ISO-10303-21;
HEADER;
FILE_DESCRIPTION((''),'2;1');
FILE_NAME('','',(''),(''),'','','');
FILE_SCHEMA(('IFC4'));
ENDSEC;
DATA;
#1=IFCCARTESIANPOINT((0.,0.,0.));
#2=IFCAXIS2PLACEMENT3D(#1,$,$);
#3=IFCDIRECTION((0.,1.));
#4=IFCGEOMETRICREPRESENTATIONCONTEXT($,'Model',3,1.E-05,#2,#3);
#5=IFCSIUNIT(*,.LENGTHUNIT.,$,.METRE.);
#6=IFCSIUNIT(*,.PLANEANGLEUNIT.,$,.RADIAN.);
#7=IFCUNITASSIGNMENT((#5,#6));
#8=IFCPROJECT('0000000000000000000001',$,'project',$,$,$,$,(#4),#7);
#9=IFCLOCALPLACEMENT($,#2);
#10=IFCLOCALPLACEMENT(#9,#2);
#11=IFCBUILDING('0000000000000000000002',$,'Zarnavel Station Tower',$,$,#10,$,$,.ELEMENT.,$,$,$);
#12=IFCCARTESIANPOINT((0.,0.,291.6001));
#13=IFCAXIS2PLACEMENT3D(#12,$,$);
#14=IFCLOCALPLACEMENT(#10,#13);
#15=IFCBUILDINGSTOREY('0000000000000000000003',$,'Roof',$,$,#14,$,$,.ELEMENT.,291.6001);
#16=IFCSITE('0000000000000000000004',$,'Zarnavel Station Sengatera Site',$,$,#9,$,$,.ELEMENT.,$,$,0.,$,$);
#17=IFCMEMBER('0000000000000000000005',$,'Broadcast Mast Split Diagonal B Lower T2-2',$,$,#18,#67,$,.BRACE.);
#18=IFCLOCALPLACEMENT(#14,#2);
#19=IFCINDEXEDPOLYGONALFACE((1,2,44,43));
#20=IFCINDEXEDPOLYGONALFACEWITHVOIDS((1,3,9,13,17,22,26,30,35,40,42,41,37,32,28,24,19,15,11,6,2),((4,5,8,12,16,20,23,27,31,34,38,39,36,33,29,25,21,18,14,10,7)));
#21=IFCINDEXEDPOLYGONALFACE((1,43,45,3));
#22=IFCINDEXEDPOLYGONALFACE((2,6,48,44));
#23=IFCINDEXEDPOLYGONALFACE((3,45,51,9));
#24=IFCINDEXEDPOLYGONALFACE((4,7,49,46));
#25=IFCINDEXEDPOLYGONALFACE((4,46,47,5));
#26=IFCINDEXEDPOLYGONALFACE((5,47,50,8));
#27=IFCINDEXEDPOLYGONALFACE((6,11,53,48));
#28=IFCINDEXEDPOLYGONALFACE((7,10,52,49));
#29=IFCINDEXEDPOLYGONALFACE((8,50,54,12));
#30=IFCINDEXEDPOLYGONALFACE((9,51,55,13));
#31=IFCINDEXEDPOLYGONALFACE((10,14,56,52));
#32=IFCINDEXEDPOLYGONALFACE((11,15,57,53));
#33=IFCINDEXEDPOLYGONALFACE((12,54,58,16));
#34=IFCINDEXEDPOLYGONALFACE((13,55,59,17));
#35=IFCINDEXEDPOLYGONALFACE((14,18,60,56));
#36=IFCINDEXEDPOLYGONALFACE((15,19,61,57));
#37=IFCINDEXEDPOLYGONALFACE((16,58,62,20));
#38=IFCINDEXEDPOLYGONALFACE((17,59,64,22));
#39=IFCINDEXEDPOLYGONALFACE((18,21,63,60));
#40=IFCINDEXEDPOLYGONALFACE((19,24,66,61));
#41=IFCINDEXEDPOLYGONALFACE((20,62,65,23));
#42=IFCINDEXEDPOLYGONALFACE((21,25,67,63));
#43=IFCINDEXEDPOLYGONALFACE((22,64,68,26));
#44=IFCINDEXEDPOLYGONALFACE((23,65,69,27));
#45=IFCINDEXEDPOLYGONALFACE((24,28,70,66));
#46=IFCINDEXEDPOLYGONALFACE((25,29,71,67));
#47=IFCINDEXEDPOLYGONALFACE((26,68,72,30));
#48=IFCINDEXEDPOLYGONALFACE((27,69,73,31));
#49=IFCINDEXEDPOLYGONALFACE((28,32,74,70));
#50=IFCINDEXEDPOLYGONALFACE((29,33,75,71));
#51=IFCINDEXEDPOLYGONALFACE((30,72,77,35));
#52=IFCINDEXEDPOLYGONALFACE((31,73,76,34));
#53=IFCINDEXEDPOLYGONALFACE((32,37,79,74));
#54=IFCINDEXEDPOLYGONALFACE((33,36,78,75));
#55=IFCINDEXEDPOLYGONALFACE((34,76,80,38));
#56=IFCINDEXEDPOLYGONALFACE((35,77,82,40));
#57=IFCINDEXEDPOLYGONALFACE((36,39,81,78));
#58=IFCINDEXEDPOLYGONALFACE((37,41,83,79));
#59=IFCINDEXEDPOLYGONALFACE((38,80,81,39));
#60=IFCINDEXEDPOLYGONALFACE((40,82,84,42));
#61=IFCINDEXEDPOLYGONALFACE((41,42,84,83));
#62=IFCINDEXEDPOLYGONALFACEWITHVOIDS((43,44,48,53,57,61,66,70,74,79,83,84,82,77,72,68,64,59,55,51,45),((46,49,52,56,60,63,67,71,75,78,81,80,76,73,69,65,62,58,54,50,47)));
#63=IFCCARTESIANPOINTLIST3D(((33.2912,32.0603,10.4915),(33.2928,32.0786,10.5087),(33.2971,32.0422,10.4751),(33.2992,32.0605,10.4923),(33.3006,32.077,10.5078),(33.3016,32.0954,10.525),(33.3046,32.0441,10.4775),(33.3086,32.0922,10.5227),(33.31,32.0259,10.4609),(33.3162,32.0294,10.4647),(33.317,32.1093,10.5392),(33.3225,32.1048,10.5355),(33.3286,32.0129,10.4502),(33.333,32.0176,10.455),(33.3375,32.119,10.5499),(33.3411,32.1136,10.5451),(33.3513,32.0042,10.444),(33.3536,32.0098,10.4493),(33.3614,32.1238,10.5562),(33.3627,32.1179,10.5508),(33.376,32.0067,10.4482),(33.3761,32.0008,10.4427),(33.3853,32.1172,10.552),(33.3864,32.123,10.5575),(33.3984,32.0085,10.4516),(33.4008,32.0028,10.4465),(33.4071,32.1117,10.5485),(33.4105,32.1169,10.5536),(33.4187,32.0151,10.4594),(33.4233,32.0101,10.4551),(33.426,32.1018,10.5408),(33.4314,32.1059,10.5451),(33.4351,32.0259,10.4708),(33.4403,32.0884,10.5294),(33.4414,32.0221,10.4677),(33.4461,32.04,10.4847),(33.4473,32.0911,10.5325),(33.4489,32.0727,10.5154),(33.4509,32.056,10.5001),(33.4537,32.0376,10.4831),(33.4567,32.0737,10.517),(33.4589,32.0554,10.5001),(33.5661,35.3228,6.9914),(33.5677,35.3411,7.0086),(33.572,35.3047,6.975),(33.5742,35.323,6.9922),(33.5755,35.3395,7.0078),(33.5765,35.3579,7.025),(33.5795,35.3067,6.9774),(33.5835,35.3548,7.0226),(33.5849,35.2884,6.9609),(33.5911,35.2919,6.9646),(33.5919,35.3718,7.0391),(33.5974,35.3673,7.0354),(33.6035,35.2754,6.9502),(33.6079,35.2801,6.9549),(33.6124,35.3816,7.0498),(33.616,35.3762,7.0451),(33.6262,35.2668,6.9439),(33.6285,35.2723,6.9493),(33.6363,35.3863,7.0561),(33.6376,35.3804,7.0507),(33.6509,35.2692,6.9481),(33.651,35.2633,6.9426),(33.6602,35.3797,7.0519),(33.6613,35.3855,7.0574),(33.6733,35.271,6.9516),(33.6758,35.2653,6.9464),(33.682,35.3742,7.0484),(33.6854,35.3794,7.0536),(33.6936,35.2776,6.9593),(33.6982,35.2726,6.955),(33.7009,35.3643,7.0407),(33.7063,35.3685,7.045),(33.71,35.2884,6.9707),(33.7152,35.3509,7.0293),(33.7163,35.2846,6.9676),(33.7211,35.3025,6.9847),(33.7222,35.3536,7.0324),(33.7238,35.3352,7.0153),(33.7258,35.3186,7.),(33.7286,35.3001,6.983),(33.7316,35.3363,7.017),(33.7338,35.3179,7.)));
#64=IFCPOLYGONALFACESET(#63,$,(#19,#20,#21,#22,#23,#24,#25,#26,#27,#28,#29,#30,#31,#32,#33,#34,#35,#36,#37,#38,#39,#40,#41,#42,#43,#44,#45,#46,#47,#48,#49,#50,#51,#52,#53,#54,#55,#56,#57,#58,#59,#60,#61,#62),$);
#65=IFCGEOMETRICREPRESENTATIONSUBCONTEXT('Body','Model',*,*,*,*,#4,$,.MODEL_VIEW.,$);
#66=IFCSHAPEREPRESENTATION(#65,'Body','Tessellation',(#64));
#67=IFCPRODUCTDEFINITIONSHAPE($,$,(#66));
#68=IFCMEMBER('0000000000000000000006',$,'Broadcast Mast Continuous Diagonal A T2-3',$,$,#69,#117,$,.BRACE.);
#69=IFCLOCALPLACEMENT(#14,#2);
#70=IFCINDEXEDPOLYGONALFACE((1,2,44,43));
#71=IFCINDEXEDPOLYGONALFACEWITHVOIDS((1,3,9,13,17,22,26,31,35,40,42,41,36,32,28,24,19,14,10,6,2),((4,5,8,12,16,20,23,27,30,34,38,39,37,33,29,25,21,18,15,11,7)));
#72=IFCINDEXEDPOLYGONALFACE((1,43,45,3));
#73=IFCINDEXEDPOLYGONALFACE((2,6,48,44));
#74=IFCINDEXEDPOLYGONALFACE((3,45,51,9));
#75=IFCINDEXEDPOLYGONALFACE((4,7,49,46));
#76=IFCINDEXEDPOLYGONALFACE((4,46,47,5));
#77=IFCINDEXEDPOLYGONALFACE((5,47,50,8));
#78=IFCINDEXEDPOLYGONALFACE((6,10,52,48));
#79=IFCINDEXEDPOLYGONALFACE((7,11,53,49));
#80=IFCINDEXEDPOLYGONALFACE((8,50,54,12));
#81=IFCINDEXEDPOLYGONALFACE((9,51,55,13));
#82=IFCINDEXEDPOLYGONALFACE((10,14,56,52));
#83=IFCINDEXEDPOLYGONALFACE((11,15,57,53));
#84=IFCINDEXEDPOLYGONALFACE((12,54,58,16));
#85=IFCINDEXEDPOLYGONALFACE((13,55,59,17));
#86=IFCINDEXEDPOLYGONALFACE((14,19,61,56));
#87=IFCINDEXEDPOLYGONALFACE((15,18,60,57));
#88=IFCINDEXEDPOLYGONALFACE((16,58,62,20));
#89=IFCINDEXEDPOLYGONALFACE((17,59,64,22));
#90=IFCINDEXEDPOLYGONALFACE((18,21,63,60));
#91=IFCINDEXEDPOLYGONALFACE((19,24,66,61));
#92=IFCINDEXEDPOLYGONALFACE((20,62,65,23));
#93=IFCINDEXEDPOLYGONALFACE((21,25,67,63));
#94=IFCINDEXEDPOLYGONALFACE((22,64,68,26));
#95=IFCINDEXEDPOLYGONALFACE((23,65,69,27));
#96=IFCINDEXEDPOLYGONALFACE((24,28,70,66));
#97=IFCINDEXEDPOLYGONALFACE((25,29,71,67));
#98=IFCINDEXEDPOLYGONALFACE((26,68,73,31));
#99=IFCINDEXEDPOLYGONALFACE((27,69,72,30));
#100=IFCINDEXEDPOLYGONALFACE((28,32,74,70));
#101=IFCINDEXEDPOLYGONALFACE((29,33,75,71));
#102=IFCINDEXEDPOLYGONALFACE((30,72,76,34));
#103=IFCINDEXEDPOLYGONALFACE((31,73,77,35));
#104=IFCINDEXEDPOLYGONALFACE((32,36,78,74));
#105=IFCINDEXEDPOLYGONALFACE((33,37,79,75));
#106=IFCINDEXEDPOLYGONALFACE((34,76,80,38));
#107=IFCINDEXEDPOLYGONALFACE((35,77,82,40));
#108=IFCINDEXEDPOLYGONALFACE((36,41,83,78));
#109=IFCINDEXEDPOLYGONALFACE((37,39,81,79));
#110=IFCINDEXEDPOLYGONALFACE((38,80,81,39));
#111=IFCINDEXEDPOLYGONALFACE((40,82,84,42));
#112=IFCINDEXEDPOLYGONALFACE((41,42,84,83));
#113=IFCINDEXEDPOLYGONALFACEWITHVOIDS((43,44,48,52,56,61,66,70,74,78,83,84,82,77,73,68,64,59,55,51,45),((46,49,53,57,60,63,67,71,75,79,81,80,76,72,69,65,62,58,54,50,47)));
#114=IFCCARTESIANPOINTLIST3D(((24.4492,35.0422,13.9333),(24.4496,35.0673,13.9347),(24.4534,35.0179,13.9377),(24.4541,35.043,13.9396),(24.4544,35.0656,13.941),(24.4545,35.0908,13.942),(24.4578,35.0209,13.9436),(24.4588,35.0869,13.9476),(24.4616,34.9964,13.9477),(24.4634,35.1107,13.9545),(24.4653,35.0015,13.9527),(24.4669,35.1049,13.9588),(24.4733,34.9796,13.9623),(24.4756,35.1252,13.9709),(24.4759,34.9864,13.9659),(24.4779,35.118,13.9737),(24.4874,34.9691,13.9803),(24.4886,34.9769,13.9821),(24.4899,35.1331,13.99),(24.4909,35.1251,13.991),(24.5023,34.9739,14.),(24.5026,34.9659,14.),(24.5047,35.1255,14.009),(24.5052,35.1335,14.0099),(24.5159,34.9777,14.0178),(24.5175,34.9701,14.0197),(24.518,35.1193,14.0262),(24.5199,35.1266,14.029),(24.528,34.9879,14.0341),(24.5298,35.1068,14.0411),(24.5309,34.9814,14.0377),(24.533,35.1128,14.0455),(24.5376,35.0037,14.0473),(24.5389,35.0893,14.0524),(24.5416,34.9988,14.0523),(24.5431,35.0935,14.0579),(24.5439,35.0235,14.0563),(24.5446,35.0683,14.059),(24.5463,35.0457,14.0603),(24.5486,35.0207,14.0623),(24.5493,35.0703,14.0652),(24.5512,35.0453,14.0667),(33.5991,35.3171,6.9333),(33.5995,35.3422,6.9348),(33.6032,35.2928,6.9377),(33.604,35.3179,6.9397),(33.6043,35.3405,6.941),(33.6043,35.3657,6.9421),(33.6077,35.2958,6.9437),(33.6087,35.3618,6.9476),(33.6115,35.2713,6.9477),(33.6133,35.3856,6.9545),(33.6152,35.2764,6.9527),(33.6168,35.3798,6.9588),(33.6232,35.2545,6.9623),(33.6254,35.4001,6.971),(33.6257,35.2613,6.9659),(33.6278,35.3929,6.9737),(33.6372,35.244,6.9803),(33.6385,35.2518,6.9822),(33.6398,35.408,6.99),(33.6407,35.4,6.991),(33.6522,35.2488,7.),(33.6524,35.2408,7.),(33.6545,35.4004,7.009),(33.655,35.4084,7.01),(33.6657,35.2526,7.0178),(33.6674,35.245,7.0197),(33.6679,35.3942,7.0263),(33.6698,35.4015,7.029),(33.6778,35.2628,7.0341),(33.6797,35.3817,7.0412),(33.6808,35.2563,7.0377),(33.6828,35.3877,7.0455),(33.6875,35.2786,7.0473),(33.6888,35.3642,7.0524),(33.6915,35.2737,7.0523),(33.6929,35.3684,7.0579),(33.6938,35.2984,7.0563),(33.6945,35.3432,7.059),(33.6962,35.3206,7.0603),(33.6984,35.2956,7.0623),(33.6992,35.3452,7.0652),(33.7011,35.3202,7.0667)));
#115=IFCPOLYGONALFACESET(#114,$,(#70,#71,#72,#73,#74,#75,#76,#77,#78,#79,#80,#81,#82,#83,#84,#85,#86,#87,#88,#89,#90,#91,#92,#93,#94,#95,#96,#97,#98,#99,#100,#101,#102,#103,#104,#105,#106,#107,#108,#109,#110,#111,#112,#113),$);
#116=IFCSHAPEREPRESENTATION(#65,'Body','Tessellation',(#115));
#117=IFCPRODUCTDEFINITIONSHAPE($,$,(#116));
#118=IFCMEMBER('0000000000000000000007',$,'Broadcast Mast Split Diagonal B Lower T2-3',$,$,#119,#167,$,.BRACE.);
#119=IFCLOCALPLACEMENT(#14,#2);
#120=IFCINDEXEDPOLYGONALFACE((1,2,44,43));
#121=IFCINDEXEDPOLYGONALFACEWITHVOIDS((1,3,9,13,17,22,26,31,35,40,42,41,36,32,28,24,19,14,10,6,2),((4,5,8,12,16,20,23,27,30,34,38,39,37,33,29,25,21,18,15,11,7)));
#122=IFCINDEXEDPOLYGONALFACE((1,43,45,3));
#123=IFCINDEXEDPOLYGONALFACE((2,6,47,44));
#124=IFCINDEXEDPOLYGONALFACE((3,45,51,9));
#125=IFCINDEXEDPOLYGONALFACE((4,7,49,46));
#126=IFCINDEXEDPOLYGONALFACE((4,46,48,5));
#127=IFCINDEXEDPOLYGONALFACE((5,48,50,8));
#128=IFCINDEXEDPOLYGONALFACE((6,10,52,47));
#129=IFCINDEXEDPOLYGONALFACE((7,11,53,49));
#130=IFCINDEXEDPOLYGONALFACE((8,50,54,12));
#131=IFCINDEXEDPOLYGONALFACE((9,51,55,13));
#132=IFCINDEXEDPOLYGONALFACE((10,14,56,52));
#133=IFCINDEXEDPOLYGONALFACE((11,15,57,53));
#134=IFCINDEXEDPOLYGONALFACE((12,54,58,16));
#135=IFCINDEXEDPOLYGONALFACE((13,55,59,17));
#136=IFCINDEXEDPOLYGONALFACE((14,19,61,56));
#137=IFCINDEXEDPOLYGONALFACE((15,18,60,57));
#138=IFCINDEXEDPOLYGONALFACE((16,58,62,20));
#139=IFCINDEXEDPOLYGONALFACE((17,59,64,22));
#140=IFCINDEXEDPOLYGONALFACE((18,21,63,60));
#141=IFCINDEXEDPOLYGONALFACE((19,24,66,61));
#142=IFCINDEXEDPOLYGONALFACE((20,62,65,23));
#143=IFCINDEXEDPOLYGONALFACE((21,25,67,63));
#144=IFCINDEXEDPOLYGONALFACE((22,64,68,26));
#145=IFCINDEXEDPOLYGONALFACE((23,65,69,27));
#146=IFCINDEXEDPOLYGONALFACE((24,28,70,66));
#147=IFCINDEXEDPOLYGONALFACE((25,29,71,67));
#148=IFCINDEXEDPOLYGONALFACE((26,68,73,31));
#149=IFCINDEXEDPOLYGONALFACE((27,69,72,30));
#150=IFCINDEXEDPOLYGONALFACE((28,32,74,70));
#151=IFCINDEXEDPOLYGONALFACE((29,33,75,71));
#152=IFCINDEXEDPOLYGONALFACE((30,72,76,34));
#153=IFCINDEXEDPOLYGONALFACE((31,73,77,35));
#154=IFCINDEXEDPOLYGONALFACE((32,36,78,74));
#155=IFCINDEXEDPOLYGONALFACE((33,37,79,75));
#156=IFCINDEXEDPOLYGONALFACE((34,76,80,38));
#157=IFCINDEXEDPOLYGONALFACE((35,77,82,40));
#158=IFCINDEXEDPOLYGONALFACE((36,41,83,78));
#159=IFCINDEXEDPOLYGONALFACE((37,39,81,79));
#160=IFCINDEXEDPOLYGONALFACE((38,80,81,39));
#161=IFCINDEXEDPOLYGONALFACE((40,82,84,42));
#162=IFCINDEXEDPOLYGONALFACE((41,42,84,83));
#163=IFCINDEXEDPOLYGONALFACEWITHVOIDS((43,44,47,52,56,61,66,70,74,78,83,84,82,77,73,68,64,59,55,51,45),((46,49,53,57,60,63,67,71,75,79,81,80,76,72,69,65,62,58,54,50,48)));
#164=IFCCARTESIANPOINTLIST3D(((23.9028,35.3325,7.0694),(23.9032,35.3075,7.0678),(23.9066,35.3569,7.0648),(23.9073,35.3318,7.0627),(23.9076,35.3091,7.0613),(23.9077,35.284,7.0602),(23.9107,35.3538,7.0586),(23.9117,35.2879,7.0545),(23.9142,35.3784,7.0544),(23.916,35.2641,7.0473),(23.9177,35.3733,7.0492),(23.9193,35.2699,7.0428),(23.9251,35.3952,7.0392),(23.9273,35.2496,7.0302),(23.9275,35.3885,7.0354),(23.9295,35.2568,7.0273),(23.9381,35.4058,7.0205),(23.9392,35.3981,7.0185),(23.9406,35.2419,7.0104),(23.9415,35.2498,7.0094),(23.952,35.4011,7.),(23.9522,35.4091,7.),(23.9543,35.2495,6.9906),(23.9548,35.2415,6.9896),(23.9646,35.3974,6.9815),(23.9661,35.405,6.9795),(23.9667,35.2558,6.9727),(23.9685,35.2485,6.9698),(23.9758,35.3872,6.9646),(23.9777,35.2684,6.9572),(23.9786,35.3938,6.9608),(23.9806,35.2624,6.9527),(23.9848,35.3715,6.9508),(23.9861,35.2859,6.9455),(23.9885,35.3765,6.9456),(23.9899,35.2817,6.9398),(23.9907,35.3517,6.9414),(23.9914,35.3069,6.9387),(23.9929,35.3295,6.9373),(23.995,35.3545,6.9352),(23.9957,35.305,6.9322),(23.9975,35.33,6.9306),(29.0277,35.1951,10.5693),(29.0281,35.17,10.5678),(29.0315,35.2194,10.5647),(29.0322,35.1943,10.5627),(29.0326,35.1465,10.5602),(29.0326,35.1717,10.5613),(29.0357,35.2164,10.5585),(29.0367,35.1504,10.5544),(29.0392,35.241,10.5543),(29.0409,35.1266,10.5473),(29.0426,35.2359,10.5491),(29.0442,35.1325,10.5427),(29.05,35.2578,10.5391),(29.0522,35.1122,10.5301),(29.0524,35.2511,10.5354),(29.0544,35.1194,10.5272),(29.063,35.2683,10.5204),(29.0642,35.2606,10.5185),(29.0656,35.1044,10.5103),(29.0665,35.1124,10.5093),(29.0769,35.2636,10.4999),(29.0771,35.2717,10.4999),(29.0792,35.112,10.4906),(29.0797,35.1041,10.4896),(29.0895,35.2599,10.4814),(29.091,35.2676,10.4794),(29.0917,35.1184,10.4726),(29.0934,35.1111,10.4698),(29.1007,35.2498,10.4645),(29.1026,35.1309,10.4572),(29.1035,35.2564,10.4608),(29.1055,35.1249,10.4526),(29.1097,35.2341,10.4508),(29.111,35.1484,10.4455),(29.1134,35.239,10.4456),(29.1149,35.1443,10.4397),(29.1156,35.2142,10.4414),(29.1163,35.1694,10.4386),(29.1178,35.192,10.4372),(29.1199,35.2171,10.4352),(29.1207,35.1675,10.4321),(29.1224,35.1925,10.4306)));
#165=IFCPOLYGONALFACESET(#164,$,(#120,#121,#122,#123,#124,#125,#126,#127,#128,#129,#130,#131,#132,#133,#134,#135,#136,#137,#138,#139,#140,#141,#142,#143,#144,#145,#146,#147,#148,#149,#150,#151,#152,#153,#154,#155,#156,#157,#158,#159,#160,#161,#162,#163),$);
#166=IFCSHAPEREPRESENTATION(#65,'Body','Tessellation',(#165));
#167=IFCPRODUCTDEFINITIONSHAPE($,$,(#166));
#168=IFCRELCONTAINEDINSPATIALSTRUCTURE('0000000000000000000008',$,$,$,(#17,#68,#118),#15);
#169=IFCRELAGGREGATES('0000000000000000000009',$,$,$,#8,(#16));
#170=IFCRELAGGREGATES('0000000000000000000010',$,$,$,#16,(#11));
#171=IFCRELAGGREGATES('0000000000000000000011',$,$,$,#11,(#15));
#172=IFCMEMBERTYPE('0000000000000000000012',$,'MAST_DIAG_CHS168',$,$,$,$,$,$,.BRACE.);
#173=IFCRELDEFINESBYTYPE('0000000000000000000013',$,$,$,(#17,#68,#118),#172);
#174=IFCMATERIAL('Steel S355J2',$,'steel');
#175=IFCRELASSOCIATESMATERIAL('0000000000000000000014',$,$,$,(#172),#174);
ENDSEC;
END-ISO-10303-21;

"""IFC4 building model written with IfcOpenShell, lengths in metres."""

from ifc_helpers import new_model, si_unit, direction, frame, origin, origin_2d, place, context, subcontext, project, spatial, hollow_circle, extrude, material, material_profile, profile_set, type_object, element, save


model = new_model("IFC4")

# Units and contexts
model_context = context("Model", 3, precision=1e-05, world=origin(), true_north=direction((0.0, 1.0)))
body_context = subcontext(model_context, "Body", "Model", "MODEL_VIEW")
ifc_project = project(units=[si_unit("LENGTHUNIT", "METRE"), si_unit("PLANEANGLEUNIT", "RADIAN")], contexts=[model_context])

# Site, building, storey
site_placement = place(None, origin())
site = spatial("IfcSite", under=ifc_project, at=site_placement, Name="Zarnavel Station Sengatera Site", CompositionType="ELEMENT", RefElevation=0.0)
building_placement = place(site_placement, origin())
building = spatial("IfcBuilding", under=site, at=building_placement, Name="Zarnavel Station Tower", CompositionType="ELEMENT")
storey_placement = place(building_placement, frame((0.0, 0.0, 291.6001)))
storey = spatial("IfcBuildingStorey", under=building, at=storey_placement, Name="Roof", CompositionType="ELEMENT", Elevation=291.6001)

# Members
ifc_material_1 = material(Name="Steel S355J2", Category="steel")
ifc_material_profile_1 = material_profile(ifc_material_1, hollow_circle(Radius=0.0842, WallThickness=0.0081, at=origin_2d()), Name="CHS168.3x8")
ifc_profile_set_1 = profile_set([ifc_material_profile_1], Name="Steel S355J2")
member_type_1 = type_object("IfcMemberType", Name="MAST_DIAG_CHS168", PredefinedType="BRACE", material=ifc_profile_set_1)
member_1_placement = place(storey_placement, frame((33.6499, 35.325, 7.0), z_axis=(-0.05736, -0.680725, 0.73029), x_axis=(0.996469, -0.083965, 0.0)))
element("IfcMember", 1, at=member_1_placement, inside=storey, type_object=member_type_1, Name="Broadcast Mast Split Diagonal B Lower T2-2", PredefinedType="BRACE", context=body_context, shape_type="SweptSolid", body=[
    extrude(hollow_circle(Radius=0.0842, WallThickness=0.0081, at=origin_2d()), origin(), (0.0, 0.0, 1.0), 4.7927),
])
member_2_placement = place(storey_placement, frame((33.6499, 35.325, 7.0), z_axis=(-0.794005, -0.023855, 0.607442), x_axis=(0.030031, -0.999549, 0.0)))
element("IfcMember", 2, at=member_2_placement, inside=storey, type_object=member_type_1, Name="Broadcast Mast Continuous Diagonal A T2-3", PredefinedType="BRACE", context=body_context, shape_type="SweptSolid", body=[
    extrude(hollow_circle(Radius=0.0842, WallThickness=0.0081, at=origin_2d()), origin(), (0.0, 0.0, 1.0), 11.5237),
])
member_3_placement = place(storey_placement, frame((23.95, 35.325, 7.0), z_axis=(0.825599, -0.022142, 0.563823), x_axis=(0.02681, 0.999641, 0.0)))
element("IfcMember", 3, at=member_3_placement, inside=storey, type_object=member_type_1, Name="Broadcast Mast Split Diagonal B Lower T2-3", PredefinedType="BRACE", context=body_context, shape_type="SweptSolid", body=[
    extrude(hollow_circle(Radius=0.0842, WallThickness=0.0081, at=origin_2d()), origin(), (0.0, 0.0, 1.0), 6.2075),
])

save(model, "model.ifc")
